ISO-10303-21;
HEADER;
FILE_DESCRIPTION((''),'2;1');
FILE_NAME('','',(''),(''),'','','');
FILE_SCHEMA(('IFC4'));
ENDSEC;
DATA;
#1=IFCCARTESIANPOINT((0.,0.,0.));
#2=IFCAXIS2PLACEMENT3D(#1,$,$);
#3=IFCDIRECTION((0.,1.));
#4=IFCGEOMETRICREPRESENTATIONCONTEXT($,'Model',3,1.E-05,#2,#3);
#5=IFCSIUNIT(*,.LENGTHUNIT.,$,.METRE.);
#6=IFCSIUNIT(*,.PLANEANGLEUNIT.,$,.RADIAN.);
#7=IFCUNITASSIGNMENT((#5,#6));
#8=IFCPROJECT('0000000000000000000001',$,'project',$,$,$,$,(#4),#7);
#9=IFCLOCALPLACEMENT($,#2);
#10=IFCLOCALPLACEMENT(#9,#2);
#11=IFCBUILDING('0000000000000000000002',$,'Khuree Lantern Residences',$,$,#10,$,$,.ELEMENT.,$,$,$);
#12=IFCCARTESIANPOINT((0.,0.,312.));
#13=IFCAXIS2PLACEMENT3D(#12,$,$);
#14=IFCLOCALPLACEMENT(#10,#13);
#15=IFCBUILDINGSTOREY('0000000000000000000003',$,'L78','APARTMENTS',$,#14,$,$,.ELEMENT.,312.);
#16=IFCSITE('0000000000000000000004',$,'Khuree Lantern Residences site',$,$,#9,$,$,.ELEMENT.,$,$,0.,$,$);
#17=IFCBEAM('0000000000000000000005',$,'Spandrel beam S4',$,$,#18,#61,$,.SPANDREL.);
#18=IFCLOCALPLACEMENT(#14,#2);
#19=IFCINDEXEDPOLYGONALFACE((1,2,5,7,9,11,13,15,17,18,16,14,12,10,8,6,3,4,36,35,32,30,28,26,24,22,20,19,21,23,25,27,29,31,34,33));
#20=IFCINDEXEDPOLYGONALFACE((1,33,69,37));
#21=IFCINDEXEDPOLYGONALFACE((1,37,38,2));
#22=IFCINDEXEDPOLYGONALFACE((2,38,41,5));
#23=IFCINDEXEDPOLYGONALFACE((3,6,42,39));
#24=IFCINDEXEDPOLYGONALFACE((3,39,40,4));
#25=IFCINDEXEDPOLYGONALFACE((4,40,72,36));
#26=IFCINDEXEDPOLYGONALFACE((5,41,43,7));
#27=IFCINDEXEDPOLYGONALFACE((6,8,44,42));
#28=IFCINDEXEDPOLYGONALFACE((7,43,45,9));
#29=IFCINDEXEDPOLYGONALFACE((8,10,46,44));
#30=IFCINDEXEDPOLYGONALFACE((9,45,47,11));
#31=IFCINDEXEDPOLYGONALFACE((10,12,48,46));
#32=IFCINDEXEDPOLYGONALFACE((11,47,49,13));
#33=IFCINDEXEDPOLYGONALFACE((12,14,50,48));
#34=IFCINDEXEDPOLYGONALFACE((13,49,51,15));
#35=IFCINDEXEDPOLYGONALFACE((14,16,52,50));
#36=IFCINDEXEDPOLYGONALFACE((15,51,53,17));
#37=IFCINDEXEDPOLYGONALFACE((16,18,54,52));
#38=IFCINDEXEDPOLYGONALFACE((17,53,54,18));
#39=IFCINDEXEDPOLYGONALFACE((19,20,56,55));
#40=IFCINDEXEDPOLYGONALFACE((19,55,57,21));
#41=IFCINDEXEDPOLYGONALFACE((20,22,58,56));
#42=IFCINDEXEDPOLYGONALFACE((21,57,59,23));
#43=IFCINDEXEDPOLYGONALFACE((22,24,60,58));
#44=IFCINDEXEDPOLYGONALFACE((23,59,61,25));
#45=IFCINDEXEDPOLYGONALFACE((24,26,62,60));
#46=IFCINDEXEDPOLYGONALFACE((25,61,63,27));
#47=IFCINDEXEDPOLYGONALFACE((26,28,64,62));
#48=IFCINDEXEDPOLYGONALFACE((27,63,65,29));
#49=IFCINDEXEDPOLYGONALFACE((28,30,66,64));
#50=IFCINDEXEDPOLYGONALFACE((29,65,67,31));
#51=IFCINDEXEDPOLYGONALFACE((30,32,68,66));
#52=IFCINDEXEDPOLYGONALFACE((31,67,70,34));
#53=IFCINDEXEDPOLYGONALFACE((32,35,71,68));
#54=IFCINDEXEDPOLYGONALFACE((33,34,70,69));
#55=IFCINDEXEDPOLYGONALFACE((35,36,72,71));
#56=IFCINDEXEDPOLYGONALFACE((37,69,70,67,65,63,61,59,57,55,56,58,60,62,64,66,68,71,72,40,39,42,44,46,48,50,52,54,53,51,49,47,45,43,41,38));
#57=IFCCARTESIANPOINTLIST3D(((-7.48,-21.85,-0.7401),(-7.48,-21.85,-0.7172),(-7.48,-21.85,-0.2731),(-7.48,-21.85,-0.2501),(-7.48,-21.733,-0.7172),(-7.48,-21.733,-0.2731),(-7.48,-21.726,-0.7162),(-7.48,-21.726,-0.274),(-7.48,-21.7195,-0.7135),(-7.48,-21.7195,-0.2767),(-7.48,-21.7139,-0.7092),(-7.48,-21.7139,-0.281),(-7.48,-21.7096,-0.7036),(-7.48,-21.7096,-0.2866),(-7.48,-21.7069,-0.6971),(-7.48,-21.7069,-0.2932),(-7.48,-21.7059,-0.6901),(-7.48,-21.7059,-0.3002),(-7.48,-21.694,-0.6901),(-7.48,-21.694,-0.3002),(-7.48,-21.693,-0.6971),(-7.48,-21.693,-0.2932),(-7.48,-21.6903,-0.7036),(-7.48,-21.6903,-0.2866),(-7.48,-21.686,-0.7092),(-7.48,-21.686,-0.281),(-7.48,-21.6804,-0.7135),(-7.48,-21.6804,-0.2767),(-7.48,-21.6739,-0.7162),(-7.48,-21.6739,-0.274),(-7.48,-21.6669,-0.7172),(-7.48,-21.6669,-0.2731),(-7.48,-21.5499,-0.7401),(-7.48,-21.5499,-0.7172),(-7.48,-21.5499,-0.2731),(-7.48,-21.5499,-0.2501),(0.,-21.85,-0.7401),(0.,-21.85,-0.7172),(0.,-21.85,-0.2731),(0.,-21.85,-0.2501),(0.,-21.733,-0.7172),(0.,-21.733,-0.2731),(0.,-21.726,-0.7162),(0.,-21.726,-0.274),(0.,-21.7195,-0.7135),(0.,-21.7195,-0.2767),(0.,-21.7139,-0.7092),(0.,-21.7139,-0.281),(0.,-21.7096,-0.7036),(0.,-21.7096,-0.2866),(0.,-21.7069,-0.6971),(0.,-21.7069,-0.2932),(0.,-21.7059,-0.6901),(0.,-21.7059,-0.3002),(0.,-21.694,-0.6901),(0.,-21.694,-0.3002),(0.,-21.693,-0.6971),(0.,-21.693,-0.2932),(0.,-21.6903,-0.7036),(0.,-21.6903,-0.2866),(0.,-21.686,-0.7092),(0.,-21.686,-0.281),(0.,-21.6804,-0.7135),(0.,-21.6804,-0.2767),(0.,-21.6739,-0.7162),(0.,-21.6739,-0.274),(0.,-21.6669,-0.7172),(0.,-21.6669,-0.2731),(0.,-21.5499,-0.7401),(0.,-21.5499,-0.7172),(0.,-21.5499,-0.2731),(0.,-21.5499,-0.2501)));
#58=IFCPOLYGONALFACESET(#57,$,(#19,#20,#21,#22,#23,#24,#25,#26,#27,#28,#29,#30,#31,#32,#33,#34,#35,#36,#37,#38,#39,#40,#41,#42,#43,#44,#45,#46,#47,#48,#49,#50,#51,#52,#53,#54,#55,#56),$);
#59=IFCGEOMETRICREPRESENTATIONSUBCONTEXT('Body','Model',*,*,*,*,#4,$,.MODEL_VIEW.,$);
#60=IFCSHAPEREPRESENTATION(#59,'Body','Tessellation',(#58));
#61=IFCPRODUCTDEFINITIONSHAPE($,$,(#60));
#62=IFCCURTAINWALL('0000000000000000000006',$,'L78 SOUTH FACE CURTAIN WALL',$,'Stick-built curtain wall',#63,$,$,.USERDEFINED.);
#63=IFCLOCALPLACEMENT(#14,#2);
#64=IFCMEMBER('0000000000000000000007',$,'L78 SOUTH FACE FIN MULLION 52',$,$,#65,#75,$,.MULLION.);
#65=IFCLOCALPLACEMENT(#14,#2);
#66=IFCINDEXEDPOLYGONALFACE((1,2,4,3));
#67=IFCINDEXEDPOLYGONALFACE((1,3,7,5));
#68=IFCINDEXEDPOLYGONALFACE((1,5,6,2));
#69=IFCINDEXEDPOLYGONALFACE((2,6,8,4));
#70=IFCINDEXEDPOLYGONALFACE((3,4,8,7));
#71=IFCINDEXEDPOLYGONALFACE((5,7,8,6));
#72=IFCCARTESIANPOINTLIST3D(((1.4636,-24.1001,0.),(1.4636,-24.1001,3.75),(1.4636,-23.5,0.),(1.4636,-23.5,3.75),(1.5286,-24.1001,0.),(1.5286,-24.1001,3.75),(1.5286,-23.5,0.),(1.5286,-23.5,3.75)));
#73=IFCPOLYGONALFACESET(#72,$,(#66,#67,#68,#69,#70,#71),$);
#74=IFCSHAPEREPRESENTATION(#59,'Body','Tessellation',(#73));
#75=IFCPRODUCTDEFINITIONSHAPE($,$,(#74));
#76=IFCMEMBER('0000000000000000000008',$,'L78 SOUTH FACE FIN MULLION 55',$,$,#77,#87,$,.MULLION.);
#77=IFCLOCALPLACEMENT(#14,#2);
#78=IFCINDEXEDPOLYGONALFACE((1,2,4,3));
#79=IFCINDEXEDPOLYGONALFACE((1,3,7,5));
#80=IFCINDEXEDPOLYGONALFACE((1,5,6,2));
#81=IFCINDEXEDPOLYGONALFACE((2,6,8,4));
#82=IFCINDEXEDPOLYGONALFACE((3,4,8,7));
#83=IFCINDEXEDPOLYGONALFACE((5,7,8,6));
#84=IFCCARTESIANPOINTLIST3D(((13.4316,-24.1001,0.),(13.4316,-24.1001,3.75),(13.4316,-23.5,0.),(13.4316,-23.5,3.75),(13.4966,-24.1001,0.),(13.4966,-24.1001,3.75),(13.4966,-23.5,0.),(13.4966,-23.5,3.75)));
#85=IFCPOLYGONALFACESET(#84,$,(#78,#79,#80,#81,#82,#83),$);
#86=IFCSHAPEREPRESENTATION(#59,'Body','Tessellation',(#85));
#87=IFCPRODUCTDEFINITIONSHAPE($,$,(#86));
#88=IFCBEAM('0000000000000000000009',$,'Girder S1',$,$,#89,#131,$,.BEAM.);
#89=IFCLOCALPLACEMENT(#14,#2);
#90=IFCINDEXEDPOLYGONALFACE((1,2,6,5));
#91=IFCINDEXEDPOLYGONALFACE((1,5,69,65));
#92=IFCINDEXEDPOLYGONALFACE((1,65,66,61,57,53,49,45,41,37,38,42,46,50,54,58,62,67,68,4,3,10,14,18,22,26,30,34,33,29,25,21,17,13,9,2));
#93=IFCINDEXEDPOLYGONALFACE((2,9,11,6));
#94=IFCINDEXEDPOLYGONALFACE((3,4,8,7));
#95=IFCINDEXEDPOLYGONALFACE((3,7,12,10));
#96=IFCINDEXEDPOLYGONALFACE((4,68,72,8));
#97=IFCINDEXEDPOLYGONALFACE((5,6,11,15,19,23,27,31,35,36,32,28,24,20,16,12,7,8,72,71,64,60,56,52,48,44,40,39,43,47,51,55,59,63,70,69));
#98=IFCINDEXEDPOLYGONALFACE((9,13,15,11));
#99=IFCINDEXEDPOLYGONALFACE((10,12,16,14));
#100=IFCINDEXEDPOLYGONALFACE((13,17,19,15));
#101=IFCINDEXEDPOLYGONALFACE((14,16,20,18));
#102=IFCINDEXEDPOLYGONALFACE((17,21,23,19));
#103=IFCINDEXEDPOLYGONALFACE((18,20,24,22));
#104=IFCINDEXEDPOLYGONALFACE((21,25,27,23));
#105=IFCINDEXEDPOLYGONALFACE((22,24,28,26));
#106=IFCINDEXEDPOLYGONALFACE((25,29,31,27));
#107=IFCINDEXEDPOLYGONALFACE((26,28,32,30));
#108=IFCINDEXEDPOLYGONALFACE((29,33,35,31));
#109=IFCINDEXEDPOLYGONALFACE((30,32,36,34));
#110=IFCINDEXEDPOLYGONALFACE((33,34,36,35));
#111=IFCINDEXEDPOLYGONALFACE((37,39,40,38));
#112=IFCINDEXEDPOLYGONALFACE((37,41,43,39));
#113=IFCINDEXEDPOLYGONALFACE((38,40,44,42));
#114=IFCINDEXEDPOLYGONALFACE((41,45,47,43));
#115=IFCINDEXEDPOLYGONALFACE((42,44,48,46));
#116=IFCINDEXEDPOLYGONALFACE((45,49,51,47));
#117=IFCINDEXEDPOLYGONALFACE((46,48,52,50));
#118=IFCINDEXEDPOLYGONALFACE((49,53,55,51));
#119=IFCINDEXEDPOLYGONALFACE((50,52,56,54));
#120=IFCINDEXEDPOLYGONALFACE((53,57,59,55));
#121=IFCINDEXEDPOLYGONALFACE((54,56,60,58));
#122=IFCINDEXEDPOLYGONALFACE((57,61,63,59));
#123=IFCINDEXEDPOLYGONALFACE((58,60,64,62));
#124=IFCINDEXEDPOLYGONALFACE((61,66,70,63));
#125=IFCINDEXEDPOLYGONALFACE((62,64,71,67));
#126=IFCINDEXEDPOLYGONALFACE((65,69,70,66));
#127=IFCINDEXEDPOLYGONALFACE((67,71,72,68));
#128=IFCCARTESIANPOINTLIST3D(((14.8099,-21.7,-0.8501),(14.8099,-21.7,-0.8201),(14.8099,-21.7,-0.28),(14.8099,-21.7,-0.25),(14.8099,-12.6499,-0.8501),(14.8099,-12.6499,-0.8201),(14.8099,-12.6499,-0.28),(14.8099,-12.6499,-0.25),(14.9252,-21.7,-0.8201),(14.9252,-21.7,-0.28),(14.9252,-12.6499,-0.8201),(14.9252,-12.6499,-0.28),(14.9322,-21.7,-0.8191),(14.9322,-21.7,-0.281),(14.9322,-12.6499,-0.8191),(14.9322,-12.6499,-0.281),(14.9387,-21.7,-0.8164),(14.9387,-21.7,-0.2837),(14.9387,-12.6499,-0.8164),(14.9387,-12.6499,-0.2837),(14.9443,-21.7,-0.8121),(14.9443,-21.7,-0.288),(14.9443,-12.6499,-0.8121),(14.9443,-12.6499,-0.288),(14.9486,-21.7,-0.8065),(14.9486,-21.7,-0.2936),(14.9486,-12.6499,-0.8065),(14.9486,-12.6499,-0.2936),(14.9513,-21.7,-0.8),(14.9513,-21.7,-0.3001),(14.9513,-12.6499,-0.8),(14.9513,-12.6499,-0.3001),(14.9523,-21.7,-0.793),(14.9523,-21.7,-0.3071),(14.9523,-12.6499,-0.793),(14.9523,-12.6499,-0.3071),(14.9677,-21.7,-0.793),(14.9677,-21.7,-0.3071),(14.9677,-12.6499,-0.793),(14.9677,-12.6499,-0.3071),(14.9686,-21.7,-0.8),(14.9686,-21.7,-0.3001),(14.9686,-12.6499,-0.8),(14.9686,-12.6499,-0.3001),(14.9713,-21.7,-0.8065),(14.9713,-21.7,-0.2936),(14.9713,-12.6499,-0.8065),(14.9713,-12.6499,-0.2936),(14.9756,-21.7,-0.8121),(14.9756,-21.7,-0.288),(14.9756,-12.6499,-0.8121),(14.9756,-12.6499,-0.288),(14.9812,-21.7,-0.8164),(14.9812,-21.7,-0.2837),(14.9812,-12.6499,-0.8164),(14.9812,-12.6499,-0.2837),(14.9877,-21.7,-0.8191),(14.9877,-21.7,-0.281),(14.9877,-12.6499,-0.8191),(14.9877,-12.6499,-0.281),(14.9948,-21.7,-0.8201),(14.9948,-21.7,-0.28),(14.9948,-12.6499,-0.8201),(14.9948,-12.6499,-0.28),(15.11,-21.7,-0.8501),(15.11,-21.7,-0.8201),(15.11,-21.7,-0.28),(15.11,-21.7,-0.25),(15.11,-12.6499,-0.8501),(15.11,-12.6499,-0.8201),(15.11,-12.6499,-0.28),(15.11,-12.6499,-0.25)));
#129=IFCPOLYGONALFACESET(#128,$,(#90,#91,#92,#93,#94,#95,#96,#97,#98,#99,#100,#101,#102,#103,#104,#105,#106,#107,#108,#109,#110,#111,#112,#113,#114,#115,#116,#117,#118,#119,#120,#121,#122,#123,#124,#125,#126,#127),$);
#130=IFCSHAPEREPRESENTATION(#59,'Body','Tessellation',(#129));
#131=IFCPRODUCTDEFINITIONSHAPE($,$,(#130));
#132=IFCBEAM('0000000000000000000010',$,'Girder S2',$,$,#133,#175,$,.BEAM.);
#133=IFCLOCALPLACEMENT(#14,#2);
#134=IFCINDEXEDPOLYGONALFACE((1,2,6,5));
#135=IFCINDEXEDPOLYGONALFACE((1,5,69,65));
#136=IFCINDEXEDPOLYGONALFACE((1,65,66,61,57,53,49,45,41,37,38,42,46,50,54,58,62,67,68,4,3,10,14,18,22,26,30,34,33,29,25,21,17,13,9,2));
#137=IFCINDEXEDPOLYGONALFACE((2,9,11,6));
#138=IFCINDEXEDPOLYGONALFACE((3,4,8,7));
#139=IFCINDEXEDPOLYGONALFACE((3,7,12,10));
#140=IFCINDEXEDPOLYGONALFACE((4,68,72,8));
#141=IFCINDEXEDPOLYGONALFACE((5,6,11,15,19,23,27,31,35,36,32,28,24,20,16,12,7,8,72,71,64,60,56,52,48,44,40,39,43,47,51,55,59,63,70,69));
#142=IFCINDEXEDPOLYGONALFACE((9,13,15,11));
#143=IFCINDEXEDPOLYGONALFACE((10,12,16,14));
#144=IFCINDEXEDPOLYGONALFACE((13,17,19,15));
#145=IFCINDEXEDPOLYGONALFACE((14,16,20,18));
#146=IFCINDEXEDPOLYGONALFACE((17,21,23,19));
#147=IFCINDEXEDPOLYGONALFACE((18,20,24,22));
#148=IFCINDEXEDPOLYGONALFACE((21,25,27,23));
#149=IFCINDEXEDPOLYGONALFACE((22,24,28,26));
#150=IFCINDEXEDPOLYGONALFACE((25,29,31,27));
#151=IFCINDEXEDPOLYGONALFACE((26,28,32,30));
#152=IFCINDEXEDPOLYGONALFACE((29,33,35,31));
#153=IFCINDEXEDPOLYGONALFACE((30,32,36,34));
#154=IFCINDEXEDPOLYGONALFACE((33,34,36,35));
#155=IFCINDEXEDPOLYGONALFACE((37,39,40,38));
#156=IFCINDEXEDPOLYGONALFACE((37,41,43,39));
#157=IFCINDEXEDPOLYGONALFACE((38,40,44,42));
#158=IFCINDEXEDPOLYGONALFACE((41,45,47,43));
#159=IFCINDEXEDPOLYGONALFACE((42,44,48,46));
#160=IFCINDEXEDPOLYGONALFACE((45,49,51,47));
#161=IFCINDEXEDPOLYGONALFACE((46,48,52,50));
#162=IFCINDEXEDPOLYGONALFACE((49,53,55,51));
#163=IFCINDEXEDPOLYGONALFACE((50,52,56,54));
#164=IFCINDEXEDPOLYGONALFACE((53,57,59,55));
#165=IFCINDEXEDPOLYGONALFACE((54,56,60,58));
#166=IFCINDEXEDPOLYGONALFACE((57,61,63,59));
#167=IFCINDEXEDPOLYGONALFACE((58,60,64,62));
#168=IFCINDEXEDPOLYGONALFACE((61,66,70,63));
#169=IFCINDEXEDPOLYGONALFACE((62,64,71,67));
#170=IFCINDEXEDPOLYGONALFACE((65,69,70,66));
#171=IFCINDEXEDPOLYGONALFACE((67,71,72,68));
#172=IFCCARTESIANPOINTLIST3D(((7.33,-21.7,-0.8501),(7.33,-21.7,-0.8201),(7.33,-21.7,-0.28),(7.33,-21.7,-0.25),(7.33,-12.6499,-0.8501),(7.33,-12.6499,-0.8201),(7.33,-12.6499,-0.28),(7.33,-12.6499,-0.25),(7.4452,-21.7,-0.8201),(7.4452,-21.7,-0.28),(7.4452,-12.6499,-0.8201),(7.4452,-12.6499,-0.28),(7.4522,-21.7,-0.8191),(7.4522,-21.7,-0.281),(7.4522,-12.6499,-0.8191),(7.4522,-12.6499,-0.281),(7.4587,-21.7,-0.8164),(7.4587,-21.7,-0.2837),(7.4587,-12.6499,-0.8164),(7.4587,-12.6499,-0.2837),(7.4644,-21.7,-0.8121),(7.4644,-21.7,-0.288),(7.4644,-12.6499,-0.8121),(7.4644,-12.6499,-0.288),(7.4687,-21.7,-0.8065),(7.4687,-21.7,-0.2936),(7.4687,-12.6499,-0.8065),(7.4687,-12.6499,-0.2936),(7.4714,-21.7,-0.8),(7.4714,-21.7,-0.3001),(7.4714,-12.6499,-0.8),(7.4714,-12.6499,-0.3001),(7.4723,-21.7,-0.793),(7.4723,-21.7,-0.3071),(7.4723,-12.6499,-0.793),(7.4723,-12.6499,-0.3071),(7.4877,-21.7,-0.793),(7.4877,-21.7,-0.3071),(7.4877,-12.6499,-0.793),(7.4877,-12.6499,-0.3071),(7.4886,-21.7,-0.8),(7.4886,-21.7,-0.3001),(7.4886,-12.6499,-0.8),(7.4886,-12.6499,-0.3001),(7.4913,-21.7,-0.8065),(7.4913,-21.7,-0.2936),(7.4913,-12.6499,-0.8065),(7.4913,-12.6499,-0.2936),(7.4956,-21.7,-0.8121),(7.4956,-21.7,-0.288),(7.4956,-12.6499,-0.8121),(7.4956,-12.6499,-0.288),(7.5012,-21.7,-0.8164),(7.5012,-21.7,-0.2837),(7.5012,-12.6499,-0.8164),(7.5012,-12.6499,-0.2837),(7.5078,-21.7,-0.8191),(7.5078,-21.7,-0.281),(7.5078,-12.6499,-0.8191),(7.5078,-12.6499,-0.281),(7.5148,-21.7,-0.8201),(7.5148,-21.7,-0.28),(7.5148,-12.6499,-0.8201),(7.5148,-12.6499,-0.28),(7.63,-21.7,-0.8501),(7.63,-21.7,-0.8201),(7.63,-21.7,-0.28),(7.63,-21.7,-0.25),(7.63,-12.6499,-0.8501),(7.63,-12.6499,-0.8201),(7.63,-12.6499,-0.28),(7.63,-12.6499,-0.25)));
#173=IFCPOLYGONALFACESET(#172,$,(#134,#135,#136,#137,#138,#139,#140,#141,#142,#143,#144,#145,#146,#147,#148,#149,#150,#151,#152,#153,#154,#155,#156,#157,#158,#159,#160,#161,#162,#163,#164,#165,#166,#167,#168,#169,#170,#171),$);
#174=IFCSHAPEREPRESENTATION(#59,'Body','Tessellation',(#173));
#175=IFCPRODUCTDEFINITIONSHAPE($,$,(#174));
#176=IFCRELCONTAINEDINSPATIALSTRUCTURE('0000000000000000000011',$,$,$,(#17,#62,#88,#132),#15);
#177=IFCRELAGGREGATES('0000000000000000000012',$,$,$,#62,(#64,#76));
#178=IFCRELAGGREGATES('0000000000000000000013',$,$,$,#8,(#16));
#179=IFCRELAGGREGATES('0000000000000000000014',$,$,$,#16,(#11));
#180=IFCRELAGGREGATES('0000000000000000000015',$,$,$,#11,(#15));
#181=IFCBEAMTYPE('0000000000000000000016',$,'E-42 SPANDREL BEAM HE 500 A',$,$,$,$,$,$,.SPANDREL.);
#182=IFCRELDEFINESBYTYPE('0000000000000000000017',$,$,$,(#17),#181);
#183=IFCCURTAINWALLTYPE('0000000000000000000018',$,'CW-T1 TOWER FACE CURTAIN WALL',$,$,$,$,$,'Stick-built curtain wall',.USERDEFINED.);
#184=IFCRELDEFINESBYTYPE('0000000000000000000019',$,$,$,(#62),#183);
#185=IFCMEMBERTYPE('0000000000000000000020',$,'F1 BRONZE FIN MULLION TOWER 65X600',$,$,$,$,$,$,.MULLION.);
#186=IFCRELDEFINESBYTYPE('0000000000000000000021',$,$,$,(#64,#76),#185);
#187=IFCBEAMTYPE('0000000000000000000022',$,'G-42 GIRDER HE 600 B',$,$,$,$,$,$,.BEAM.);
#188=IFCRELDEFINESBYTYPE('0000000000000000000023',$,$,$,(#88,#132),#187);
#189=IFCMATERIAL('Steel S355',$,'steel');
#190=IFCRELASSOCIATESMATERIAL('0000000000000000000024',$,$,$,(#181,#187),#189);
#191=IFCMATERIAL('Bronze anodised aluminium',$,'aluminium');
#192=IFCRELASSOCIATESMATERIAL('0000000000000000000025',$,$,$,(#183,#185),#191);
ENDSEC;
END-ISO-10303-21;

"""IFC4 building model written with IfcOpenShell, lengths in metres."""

from ifc_helpers import new_model, si_unit, direction, frame, origin, origin_2d, place, context, subcontext, project, spatial, rectangle, i_section, extrude, material, material_profile, profile_set, type_object, element, aggregate, save


model = new_model("IFC4")

# Units and contexts
model_context = context("Model", 3, precision=1e-05, world=origin(), true_north=direction((0.0, 1.0)))
body_context = subcontext(model_context, "Body", "Model", "MODEL_VIEW")
ifc_project = project(units=[si_unit("LENGTHUNIT", "METRE"), si_unit("PLANEANGLEUNIT", "RADIAN")], contexts=[model_context])

# Site, building, storey
site_placement = place(None, origin())
site = spatial("IfcSite", under=ifc_project, at=site_placement, Name="Khuree Lantern Residences site", CompositionType="ELEMENT", RefElevation=0.0)
building_placement = place(site_placement, origin())
building = spatial("IfcBuilding", under=site, at=building_placement, Name="Khuree Lantern Residences", CompositionType="ELEMENT")
storey_placement = place(building_placement, frame((0.0, 0.0, 312.0)))
storey = spatial("IfcBuildingStorey", under=building, at=storey_placement, Name="L78", Description="APARTMENTS", CompositionType="ELEMENT", Elevation=312.0)

# Beam
ifc_material_1 = material(Name="Steel S355", Category="steel")
ifc_material_profile_1 = material_profile(ifc_material_1, i_section(OverallWidth=0.3, OverallDepth=0.49, WebThickness=0.012, FlangeThickness=0.0229, FilletRadius=0.0271, at=origin_2d()), Name="HE 500 A")
ifc_profile_set_1 = profile_set([ifc_material_profile_1], Name="Steel S355")
beam_type_1 = type_object("IfcBeamType", Name="E-42 SPANDREL BEAM HE 500 A", PredefinedType="SPANDREL", material=ifc_profile_set_1)
for number, where, z_axis, x_axis, name in (
    (1, (0.0, -21.7, -0.4951), (-1.0, 0.0, 0.0), (0.0, -1.0, 0.0), "Spandrel beam S4"),
):
    element("IfcBeam", number, at=place(storey_placement, frame(where, z_axis=z_axis, x_axis=x_axis)), inside=storey, type_object=beam_type_1, Name=name, PredefinedType="SPANDREL", context=body_context, shape_type="SweptSolid", body=[
        extrude(i_section(OverallWidth=0.3, OverallDepth=0.49, WebThickness=0.012, FlangeThickness=0.0229, FilletRadius=0.0271, at=origin_2d()), origin(), (0.0, 0.0, 1.0), 7.48),
    ])

# Curtain wall, members
ifc_material_2 = material(Name="Bronze anodised aluminium", Category="aluminium")
curtain_wall_type = type_object("IfcCurtainWallType", Name="CW-T1 TOWER FACE CURTAIN WALL", ElementType="Stick-built curtain wall", PredefinedType="USERDEFINED", material=ifc_material_2)
curtain_wall_placement = place(storey_placement, origin())
curtain_wall = element("IfcCurtainWall", 2, at=curtain_wall_placement, inside=storey, type_object=curtain_wall_type, Name="L78 SOUTH FACE CURTAIN WALL", ObjectType="Stick-built curtain wall", PredefinedType="USERDEFINED")
ifc_material_profile_2 = material_profile(ifc_material_2, rectangle(XDim=0.0649, YDim=0.6001, at=origin_2d()), Name="F1 65X600")
ifc_profile_set_2 = profile_set([ifc_material_profile_2], Name="Bronze anodised aluminium")
member_type_1 = type_object("IfcMemberType", Name="F1 BRONZE FIN MULLION TOWER 65X600", PredefinedType="MULLION", material=ifc_profile_set_2)
member_1_placement = place(storey_placement, frame((1.4961, -23.8, 0.0), z_axis=(0.0, 0.0, 1.0), x_axis=(1.0, 0.0, 0.0)))
member_1 = element("IfcMember", 3, at=member_1_placement, type_object=member_type_1, Name="L78 SOUTH FACE FIN MULLION 52", PredefinedType="MULLION", context=body_context, shape_type="SweptSolid", body=[
    extrude(rectangle(XDim=0.0649, YDim=0.6001, at=origin_2d()), origin(), (0.0, 0.0, 1.0), 3.75),
])
member_2_placement = place(storey_placement, frame((13.4641, -23.8, 0.0), z_axis=(0.0, 0.0, 1.0), x_axis=(1.0, 0.0, 0.0)))
member_2 = element("IfcMember", 4, at=member_2_placement, type_object=member_type_1, Name="L78 SOUTH FACE FIN MULLION 55", PredefinedType="MULLION", context=body_context, shape_type="SweptSolid", body=[
    extrude(rectangle(XDim=0.0649, YDim=0.6001, at=origin_2d()), origin(), (0.0, 0.0, 1.0), 3.75),
])

# Beams
ifc_material_profile_3 = material_profile(ifc_material_1, i_section(OverallWidth=0.3, OverallDepth=0.6001, WebThickness=0.0154, FlangeThickness=0.03, FilletRadius=0.0271, at=origin_2d()), Name="HE 600 B")
ifc_profile_set_3 = profile_set([ifc_material_profile_3], Name="Steel S355")
beam_type_2 = type_object("IfcBeamType", Name="G-42 GIRDER HE 600 B", PredefinedType="BEAM", material=ifc_profile_set_3)
for number, where, z_axis, x_axis, name in (
    (5, (14.96, -21.7, -0.55), (0.0, 1.0, 0.0), (-1.0, 0.0, 0.0), "Girder S1"),
    (6, (7.48, -21.7, -0.55), (0.0, 1.0, 0.0), (-1.0, 0.0, 0.0), "Girder S2"),
):
    element("IfcBeam", number, at=place(storey_placement, frame(where, z_axis=z_axis, x_axis=x_axis)), inside=storey, type_object=beam_type_2, Name=name, PredefinedType="BEAM", context=body_context, shape_type="SweptSolid", body=[
        extrude(i_section(OverallWidth=0.3, OverallDepth=0.6001, WebThickness=0.0154, FlangeThickness=0.03, FilletRadius=0.0271, at=origin_2d()), origin(), (0.0, 0.0, 1.0), 9.05),
    ])

aggregate(curtain_wall, [member_1, member_2])

save(model, "model.ifc")
